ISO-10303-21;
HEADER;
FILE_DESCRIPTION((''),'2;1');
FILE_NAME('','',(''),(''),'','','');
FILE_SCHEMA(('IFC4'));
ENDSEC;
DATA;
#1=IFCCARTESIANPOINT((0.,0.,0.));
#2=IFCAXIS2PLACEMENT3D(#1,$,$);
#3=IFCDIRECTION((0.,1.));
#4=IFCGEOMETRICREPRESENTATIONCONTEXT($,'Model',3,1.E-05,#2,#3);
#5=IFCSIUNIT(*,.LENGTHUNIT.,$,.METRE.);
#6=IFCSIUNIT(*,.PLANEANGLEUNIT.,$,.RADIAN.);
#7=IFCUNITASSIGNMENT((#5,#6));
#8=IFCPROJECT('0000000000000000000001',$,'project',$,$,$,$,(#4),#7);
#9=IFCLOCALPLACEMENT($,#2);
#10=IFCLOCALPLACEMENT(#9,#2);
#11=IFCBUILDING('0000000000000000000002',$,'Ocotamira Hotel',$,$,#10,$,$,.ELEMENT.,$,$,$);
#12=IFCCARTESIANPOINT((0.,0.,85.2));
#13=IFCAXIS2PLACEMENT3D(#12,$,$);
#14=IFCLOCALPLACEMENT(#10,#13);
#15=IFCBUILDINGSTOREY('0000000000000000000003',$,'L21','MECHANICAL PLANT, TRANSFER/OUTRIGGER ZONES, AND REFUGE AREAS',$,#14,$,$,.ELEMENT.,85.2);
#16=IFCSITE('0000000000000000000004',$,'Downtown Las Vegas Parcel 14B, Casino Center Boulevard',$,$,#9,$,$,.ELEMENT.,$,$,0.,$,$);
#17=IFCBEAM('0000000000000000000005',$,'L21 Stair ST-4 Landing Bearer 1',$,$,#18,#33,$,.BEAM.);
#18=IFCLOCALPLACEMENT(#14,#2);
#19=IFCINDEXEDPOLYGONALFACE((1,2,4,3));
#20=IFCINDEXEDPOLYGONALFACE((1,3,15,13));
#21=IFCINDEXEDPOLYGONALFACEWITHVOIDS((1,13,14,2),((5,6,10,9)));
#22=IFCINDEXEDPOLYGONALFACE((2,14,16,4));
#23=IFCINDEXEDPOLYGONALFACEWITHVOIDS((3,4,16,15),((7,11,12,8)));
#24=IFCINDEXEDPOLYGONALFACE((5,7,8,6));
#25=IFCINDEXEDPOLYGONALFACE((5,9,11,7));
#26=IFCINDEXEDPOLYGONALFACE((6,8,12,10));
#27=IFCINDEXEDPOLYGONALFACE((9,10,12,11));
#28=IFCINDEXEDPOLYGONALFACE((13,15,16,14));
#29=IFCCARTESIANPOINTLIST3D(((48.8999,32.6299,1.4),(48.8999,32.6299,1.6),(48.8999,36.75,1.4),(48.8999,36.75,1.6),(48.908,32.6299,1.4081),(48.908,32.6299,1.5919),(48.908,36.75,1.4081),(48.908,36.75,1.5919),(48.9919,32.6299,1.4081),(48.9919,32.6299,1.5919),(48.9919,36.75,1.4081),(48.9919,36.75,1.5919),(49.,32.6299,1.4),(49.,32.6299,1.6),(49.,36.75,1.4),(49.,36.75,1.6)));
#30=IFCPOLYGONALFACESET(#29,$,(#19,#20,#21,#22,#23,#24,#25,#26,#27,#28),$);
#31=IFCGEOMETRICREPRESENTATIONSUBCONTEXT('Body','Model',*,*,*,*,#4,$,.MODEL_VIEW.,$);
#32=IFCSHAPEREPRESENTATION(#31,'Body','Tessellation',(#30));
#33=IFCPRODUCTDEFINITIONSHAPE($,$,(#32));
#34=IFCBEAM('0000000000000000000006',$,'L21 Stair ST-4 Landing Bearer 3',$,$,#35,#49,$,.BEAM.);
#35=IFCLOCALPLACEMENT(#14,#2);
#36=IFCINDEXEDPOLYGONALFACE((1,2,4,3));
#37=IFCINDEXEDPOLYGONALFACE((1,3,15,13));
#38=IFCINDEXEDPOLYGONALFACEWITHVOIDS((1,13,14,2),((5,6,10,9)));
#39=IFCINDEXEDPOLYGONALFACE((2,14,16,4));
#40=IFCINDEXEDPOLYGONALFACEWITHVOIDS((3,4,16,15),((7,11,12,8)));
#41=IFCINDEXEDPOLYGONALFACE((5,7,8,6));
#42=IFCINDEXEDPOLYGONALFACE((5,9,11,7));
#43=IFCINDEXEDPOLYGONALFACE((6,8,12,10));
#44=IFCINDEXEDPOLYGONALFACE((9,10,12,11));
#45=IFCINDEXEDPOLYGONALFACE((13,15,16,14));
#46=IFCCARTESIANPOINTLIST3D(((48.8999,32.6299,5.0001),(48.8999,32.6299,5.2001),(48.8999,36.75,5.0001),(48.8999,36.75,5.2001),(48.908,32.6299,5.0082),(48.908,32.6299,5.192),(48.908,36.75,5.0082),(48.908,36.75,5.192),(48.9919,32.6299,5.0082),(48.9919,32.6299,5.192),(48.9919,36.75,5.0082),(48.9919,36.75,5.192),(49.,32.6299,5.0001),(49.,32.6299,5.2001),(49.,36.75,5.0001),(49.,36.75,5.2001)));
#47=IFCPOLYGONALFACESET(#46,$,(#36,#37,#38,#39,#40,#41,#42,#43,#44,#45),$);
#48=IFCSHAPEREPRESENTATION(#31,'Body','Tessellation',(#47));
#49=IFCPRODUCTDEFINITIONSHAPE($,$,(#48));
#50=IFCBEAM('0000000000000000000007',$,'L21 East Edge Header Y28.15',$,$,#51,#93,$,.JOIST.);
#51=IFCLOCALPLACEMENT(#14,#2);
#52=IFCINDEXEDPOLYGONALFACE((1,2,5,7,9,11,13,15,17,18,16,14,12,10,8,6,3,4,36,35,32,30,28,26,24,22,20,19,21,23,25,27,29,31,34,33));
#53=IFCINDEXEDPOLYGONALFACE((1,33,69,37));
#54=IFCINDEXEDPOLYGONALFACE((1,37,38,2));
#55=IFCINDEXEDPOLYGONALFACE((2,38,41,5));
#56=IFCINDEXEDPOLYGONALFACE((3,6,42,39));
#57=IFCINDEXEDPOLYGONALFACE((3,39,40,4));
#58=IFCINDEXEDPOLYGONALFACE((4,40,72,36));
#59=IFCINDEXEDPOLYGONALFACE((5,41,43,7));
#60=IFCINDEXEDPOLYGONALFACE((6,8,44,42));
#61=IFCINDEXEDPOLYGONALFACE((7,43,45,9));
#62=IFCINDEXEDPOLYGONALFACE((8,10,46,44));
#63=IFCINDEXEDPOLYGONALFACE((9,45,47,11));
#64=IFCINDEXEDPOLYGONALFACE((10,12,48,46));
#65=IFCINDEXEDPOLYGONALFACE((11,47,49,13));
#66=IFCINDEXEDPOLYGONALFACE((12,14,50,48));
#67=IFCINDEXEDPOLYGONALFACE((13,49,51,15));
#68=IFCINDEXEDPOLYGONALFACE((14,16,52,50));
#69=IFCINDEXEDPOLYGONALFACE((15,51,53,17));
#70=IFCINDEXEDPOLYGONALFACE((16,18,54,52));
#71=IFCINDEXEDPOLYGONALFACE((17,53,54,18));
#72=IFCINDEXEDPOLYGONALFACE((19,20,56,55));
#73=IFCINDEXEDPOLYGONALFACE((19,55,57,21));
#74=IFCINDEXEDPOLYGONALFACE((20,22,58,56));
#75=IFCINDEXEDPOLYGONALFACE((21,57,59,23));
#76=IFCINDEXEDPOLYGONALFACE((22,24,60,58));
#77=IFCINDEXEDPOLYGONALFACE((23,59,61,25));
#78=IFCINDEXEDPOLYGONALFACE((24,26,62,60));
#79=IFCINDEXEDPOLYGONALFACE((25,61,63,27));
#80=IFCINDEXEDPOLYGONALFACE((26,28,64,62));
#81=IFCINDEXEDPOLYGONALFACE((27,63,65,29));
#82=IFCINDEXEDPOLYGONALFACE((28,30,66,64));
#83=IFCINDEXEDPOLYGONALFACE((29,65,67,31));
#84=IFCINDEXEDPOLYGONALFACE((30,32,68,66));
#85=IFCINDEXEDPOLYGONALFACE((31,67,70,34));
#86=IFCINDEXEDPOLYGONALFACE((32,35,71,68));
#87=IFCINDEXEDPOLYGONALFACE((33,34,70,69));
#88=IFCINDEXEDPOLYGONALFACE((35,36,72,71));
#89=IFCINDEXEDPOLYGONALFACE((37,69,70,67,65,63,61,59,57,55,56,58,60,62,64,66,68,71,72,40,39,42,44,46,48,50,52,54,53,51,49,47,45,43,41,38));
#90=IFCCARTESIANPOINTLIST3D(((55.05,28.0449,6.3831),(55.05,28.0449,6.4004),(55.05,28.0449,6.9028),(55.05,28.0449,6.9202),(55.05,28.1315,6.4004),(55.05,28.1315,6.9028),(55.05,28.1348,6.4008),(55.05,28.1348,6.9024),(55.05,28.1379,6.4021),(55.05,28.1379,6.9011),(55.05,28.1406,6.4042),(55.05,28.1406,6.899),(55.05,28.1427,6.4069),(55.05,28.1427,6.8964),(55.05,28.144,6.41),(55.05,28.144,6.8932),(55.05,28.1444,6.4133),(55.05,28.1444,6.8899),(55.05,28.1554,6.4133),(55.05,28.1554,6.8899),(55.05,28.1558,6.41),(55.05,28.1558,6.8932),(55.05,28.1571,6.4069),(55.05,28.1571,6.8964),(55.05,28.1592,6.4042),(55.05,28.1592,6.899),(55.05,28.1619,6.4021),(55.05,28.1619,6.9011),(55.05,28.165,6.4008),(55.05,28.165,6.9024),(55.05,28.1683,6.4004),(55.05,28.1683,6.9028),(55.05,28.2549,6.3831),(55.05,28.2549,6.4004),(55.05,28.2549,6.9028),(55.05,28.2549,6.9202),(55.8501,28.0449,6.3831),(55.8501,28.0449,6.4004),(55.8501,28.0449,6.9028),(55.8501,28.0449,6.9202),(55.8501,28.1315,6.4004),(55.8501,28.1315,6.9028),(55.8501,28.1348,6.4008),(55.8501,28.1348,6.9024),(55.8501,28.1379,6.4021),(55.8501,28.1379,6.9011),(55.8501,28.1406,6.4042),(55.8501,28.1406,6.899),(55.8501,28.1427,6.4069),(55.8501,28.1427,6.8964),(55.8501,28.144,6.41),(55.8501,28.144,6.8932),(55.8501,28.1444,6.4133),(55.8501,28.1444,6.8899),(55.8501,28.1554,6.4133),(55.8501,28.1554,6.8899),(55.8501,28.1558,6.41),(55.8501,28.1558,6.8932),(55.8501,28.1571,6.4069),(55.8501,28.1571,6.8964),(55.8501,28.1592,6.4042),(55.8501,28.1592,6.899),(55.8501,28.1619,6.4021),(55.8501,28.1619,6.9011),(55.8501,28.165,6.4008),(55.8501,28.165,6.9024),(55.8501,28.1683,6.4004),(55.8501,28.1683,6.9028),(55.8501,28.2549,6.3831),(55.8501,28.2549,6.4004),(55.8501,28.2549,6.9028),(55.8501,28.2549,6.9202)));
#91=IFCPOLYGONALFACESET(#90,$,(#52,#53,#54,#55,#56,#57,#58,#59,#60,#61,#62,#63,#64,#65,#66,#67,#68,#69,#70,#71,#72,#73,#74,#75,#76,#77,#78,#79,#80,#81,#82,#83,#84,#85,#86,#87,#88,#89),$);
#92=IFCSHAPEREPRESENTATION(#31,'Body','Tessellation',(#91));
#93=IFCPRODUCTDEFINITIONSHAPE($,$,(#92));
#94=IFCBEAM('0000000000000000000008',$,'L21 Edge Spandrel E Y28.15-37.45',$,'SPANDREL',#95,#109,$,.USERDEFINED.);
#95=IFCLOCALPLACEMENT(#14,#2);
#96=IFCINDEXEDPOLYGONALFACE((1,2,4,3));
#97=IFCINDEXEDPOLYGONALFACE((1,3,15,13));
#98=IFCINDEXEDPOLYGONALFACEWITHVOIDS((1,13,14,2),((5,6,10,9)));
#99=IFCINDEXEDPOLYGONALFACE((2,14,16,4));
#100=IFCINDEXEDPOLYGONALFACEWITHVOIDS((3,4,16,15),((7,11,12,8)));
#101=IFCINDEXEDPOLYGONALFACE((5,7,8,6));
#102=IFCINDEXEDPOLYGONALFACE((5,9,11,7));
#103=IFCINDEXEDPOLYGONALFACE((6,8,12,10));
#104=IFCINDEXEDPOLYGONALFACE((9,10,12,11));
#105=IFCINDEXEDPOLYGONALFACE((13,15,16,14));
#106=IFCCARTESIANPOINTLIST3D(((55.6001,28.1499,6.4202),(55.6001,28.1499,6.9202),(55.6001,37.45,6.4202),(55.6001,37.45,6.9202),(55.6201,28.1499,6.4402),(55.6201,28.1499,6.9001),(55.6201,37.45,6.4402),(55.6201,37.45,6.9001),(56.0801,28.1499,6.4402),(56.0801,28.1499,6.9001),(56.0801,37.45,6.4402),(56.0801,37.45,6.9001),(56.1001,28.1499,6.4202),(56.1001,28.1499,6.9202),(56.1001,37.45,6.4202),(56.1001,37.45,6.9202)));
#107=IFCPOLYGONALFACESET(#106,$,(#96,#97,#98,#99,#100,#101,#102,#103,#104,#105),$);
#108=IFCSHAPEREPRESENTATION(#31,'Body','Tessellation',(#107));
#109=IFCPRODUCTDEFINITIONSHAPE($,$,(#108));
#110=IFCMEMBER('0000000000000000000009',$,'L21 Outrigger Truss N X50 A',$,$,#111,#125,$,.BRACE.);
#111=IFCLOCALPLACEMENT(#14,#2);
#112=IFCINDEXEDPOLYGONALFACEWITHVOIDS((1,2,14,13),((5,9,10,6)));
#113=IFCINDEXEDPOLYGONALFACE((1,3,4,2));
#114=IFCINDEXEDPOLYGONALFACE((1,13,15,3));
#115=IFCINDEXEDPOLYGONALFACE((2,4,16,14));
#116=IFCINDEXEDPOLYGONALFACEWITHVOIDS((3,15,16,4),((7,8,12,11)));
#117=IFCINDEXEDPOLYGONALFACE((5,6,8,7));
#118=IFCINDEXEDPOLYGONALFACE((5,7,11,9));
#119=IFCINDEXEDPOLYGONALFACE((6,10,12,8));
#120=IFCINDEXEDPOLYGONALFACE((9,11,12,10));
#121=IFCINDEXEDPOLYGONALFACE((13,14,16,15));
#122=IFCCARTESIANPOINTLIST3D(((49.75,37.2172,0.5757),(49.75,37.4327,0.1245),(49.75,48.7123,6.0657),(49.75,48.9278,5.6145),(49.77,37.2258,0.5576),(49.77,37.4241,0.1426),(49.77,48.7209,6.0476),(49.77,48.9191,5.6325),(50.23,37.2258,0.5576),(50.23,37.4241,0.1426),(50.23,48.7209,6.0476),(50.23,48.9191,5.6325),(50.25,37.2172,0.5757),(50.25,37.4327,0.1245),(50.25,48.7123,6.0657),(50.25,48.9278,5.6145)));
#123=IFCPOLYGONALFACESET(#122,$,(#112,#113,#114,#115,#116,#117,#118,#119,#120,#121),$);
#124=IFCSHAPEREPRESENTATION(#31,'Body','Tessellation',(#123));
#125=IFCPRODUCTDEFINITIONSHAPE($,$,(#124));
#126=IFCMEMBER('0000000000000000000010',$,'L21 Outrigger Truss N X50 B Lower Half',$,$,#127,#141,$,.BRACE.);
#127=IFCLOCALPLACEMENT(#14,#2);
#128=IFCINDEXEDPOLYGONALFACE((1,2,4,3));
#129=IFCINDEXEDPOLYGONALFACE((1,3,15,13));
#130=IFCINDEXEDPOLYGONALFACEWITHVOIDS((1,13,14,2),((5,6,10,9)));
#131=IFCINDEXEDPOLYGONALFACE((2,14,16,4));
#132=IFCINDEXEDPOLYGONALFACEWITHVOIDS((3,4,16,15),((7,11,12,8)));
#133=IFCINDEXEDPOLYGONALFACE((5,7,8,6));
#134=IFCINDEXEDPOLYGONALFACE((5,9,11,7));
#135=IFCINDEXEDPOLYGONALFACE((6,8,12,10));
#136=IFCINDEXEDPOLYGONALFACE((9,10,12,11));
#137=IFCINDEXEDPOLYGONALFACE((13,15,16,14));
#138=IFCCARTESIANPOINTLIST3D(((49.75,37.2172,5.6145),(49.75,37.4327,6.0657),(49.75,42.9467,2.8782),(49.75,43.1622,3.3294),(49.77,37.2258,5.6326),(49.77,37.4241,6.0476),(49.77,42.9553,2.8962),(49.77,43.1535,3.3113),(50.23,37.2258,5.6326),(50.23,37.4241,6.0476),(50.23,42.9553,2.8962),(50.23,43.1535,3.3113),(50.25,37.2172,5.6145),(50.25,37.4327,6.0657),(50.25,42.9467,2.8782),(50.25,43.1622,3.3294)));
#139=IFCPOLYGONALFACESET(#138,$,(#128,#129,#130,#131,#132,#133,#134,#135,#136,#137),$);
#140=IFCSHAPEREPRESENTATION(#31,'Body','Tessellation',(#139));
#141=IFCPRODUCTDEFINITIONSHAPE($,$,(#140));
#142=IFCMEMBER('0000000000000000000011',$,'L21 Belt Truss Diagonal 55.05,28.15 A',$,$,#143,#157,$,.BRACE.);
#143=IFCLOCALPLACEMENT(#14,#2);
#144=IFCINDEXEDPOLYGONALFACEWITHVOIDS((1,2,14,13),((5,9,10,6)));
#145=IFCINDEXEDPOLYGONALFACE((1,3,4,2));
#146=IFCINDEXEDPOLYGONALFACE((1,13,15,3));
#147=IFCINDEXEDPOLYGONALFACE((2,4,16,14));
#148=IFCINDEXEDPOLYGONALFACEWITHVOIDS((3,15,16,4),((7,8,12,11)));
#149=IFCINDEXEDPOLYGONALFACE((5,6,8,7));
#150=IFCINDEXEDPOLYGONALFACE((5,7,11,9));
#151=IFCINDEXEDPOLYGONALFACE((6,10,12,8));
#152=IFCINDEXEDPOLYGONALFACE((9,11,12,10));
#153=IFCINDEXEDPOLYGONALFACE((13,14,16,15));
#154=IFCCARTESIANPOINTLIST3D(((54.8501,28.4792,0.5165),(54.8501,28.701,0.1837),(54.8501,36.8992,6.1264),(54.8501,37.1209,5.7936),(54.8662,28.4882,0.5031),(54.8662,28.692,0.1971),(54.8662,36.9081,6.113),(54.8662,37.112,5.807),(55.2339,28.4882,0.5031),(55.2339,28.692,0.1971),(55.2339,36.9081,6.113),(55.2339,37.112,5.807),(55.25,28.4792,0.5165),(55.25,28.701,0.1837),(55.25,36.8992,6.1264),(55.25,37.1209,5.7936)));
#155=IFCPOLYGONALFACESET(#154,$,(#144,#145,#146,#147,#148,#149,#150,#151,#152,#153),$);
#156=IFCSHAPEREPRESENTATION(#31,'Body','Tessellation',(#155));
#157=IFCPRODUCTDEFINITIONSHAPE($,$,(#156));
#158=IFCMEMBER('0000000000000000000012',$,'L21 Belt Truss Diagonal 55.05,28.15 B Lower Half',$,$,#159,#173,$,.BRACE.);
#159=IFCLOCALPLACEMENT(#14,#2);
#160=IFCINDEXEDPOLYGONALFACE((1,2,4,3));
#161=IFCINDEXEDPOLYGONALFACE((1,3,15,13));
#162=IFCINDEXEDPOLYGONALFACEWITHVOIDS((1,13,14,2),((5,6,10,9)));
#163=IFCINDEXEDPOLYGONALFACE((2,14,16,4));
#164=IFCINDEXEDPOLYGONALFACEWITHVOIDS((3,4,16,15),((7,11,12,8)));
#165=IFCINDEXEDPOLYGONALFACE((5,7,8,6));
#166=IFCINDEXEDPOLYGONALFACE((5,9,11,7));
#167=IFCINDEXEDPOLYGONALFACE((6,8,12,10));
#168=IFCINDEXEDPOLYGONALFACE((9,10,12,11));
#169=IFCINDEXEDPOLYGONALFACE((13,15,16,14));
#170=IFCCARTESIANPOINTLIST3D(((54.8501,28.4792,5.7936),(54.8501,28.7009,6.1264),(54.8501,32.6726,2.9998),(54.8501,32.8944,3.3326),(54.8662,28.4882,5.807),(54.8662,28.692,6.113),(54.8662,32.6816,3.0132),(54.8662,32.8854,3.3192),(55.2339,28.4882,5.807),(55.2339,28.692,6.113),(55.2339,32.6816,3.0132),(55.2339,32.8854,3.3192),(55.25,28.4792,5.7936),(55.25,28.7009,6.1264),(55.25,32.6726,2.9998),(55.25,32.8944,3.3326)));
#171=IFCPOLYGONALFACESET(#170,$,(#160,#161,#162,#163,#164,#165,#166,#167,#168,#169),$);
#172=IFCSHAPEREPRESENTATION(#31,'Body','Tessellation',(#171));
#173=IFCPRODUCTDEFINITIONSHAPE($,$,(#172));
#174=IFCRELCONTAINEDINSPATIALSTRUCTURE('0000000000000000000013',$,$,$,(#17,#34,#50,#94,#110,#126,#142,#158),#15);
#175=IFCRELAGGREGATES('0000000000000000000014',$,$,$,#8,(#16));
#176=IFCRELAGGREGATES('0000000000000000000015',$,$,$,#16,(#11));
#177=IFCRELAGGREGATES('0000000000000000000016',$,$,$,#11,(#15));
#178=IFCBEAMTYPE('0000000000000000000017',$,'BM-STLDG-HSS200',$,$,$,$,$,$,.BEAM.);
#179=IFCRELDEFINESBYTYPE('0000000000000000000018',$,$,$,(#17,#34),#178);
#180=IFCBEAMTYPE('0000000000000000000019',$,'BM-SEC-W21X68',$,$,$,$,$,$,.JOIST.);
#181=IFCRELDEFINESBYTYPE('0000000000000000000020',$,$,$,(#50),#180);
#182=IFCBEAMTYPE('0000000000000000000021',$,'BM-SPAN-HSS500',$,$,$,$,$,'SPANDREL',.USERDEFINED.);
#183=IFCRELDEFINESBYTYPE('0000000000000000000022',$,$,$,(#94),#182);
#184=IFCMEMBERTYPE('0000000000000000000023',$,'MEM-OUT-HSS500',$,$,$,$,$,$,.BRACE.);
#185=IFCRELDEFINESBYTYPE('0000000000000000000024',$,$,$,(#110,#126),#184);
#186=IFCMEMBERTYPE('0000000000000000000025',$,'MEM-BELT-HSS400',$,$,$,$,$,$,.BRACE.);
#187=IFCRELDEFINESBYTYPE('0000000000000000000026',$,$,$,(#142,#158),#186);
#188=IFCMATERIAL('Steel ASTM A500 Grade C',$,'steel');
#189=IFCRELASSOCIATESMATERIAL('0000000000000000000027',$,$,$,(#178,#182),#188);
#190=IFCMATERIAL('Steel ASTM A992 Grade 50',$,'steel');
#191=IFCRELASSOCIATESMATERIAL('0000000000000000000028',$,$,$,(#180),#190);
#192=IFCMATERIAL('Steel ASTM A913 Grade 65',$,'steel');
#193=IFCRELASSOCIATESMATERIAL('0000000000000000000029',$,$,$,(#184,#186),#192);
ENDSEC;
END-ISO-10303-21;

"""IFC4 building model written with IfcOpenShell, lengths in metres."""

from ifc_helpers import new_model, si_unit, direction, frame, origin, origin_2d, place, context, subcontext, project, spatial, hollow_rectangle, i_section, extrude, source, transform, mapped, material, material_profile, profile_set, type_object, element, save


model = new_model("IFC4")

# Units and contexts
model_context = context("Model", 3, precision=1e-05, world=origin(), true_north=direction((0.0, 1.0)))
body_context = subcontext(model_context, "Body", "Model", "MODEL_VIEW")
ifc_project = project(units=[si_unit("LENGTHUNIT", "METRE"), si_unit("PLANEANGLEUNIT", "RADIAN")], contexts=[model_context])

# Site, building, storey
site_placement = place(None, origin())
site = spatial("IfcSite", under=ifc_project, at=site_placement, Name="Downtown Las Vegas Parcel 14B, Casino Center Boulevard", CompositionType="ELEMENT", RefElevation=0.0)
building_placement = place(site_placement, origin())
building = spatial("IfcBuilding", under=site, at=building_placement, Name="Ocotamira Hotel", CompositionType="ELEMENT")
storey_placement = place(building_placement, frame((0.0, 0.0, 85.2)))
storey = spatial("IfcBuildingStorey", under=building, at=storey_placement, Name="L21", Description="MECHANICAL PLANT, TRANSFER/OUTRIGGER ZONES, AND REFUGE AREAS", CompositionType="ELEMENT", Elevation=85.2)

# Beams
ifc_material_1 = material(Name="Steel ASTM A500 Grade C", Category="steel")
ifc_material_profile_1 = material_profile(ifc_material_1, hollow_rectangle(XDim=0.1001, YDim=0.2, WallThickness=0.0081, at=origin_2d()), Name="HSS200X100X8")
ifc_profile_set_1 = profile_set([ifc_material_profile_1], Name="Steel ASTM A500 Grade C")
beam_type_1 = type_object("IfcBeamType", Name="BM-STLDG-HSS200", PredefinedType="BEAM", material=ifc_profile_set_1)
shared_shape_1 = source(origin(), body_context, "Body", "SweptSolid", [
    extrude(hollow_rectangle(XDim=0.1001, YDim=0.2, WallThickness=0.0081, at=origin_2d()), origin(), (0.0, 0.0, 1.0), 4.1201),
])
for number, where, z_axis, x_axis, name in (
    (1, (48.95, 32.6299, 1.5), (0.0, 1.0, 0.0), (-1.0, 0.0, 0.0), "L21 Stair ST-4 Landing Bearer 1"),
    (2, (48.95, 32.6299, 5.1001), (0.0, 1.0, 0.0), (-1.0, 0.0, 0.0), "L21 Stair ST-4 Landing Bearer 3"),
):
    element("IfcBeam", number, at=place(storey_placement, frame(where, z_axis=z_axis, x_axis=x_axis)), inside=storey, type_object=beam_type_1, Name=name, PredefinedType="BEAM", context=body_context, shape_type="MappedRepresentation", body=[
        mapped(shared_shape_1, transform((0.0, 0.0, 0.0), scale=1.0)),
    ])
ifc_material_2 = material(Name="Steel ASTM A992 Grade 50", Category="steel")
ifc_material_profile_2 = material_profile(ifc_material_2, i_section(OverallWidth=0.21, OverallDepth=0.5371, WebThickness=0.011, FlangeThickness=0.0173, FilletRadius=0.0129, at=origin_2d()), Name="W21X68")
ifc_profile_set_2 = profile_set([ifc_material_profile_2], Name="Steel ASTM A992 Grade 50")
beam_type_2 = type_object("IfcBeamType", Name="BM-SEC-W21X68", PredefinedType="JOIST", material=ifc_profile_set_2)
shared_shape_2 = source(origin(), body_context, "Body", "SweptSolid", [
    extrude(i_section(OverallWidth=0.21, OverallDepth=0.5371, WebThickness=0.011, FlangeThickness=0.0173, FilletRadius=0.0129, at=origin_2d()), origin(), (0.0, 0.0, 1.0), 0.8),
])
beam_1_placement = place(storey_placement, frame((55.05, 28.1499, 6.6516), z_axis=(1.0, 0.0, 0.0), x_axis=(0.0, 1.0, 0.0)))
element("IfcBeam", 3, at=beam_1_placement, inside=storey, type_object=beam_type_2, Name="L21 East Edge Header Y28.15", PredefinedType="JOIST", context=body_context, shape_type="MappedRepresentation", body=[
    mapped(shared_shape_2, transform((0.0, 0.0, 0.0), scale=1.0)),
])
ifc_material_profile_3 = material_profile(ifc_material_1, hollow_rectangle(XDim=0.5, YDim=0.5, WallThickness=0.02, at=origin_2d()), Name="HSS500X500X20")
ifc_profile_set_3 = profile_set([ifc_material_profile_3], Name="Steel ASTM A500 Grade C")
beam_type_3 = type_object("IfcBeamType", Name="BM-SPAN-HSS500", ElementType="SPANDREL", PredefinedType="USERDEFINED", material=ifc_profile_set_3)
shared_shape_3 = source(origin(), body_context, "Body", "SweptSolid", [
    extrude(hollow_rectangle(XDim=0.5, YDim=0.5, WallThickness=0.02, at=origin_2d()), origin(), (0.0, 0.0, 1.0), 9.3),
])
beam_2_placement = place(storey_placement, frame((55.8501, 28.1499, 6.6702), z_axis=(0.0, 1.0, 0.0), x_axis=(-1.0, 0.0, 0.0)))
element("IfcBeam", 4, at=beam_2_placement, inside=storey, type_object=beam_type_3, Name="L21 Edge Spandrel E Y28.15-37.45", ObjectType="SPANDREL", PredefinedType="USERDEFINED", context=body_context, shape_type="MappedRepresentation", body=[
    mapped(shared_shape_3, transform((0.0, 0.0, 0.0), scale=1.0)),
])

# Members
ifc_material_3 = material(Name="Steel ASTM A913 Grade 65", Category="steel")
ifc_material_profile_4 = material_profile(ifc_material_3, hollow_rectangle(XDim=0.5, YDim=0.5, WallThickness=0.02, at=origin_2d()), Name="HSS500X500X20")
ifc_profile_set_4 = profile_set([ifc_material_profile_4], Name="Steel ASTM A913 Grade 65")
member_type_1 = type_object("IfcMemberType", Name="MEM-OUT-HSS500", PredefinedType="BRACE", material=ifc_profile_set_4)
shared_shape_4 = source(origin(), body_context, "Body", "SweptSolid", [
    extrude(hollow_rectangle(XDim=0.5, YDim=0.5, WallThickness=0.02, at=origin_2d()), origin(), (0.0, 0.0, 1.0), 12.7388),
])
member_1_placement = place(storey_placement, frame((50.0, 37.325, 0.3501), z_axis=(0.0, 0.902369, 0.430965), x_axis=(-1.0, 0.0, 0.0)))
element("IfcMember", 5, at=member_1_placement, inside=storey, type_object=member_type_1, Name="L21 Outrigger Truss N X50 A", PredefinedType="BRACE", context=body_context, shape_type="MappedRepresentation", body=[
    mapped(shared_shape_4, transform((0.0, 0.0, 0.0), scale=1.0)),
])
shared_shape_5 = source(origin(), body_context, "Body", "SweptSolid", [
    extrude(hollow_rectangle(XDim=0.5, YDim=0.5, WallThickness=0.02, at=origin_2d()), origin(), (0.0, 0.0, 1.0), 6.3494),
])
member_2_placement = place(storey_placement, frame((50.0, 37.325, 5.8401), z_axis=(0.0, 0.902371, -0.43096), x_axis=(-1.0, 0.0, 0.0)))
element("IfcMember", 6, at=member_2_placement, inside=storey, type_object=member_type_1, Name="L21 Outrigger Truss N X50 B Lower Half", PredefinedType="BRACE", context=body_context, shape_type="MappedRepresentation", body=[
    mapped(shared_shape_5, transform((0.0, 0.0, 0.0), scale=1.0)),
])
ifc_material_profile_5 = material_profile(ifc_material_3, hollow_rectangle(XDim=0.3999, YDim=0.3999, WallThickness=0.0161, at=origin_2d()), Name="HSS400X400X16")
ifc_profile_set_5 = profile_set([ifc_material_profile_5], Name="Steel ASTM A913 Grade 65")
member_type_2 = type_object("IfcMemberType", Name="MEM-BELT-HSS400", PredefinedType="BRACE", material=ifc_profile_set_5)
shared_shape_6 = source(origin(), body_context, "Body", "SweptSolid", [
    extrude(hollow_rectangle(XDim=0.3999, YDim=0.3999, WallThickness=0.0161, at=origin_2d()), origin(), (0.0, 0.0, 1.0), 10.1177),
])
member_3_placement = place(storey_placement, frame((55.05, 28.5901, 0.3501), z_axis=(0.0, 0.832206, 0.554466), x_axis=(-1.0, 0.0, 0.0)))
element("IfcMember", 7, at=member_3_placement, inside=storey, type_object=member_type_2, Name="L21 Belt Truss Diagonal 55.05,28.15 A", PredefinedType="BRACE", context=body_context, shape_type="MappedRepresentation", body=[
    mapped(shared_shape_6, transform((0.0, 0.0, 0.0), scale=1.0)),
])
shared_shape_7 = source(origin(), body_context, "Body", "SweptSolid", [
    extrude(hollow_rectangle(XDim=0.3999, YDim=0.3999, WallThickness=0.0161, at=origin_2d()), origin(), (0.0, 0.0, 1.0), 5.0388),
])
for number, where, z_axis, x_axis, name in (
    (8, (55.05, 28.5901, 5.96), (0.0, 0.832222, -0.554443), (-1.0, 0.0, 0.0), "L21 Belt Truss Diagonal 55.05,28.15 B Lower Half"),
):
    element("IfcMember", number, at=place(storey_placement, frame(where, z_axis=z_axis, x_axis=x_axis)), inside=storey, type_object=member_type_2, Name=name, PredefinedType="BRACE", context=body_context, shape_type="MappedRepresentation", body=[
        mapped(shared_shape_7, transform((0.0, 0.0, 0.0), scale=1.0)),
    ])

save(model, "model.ifc")
